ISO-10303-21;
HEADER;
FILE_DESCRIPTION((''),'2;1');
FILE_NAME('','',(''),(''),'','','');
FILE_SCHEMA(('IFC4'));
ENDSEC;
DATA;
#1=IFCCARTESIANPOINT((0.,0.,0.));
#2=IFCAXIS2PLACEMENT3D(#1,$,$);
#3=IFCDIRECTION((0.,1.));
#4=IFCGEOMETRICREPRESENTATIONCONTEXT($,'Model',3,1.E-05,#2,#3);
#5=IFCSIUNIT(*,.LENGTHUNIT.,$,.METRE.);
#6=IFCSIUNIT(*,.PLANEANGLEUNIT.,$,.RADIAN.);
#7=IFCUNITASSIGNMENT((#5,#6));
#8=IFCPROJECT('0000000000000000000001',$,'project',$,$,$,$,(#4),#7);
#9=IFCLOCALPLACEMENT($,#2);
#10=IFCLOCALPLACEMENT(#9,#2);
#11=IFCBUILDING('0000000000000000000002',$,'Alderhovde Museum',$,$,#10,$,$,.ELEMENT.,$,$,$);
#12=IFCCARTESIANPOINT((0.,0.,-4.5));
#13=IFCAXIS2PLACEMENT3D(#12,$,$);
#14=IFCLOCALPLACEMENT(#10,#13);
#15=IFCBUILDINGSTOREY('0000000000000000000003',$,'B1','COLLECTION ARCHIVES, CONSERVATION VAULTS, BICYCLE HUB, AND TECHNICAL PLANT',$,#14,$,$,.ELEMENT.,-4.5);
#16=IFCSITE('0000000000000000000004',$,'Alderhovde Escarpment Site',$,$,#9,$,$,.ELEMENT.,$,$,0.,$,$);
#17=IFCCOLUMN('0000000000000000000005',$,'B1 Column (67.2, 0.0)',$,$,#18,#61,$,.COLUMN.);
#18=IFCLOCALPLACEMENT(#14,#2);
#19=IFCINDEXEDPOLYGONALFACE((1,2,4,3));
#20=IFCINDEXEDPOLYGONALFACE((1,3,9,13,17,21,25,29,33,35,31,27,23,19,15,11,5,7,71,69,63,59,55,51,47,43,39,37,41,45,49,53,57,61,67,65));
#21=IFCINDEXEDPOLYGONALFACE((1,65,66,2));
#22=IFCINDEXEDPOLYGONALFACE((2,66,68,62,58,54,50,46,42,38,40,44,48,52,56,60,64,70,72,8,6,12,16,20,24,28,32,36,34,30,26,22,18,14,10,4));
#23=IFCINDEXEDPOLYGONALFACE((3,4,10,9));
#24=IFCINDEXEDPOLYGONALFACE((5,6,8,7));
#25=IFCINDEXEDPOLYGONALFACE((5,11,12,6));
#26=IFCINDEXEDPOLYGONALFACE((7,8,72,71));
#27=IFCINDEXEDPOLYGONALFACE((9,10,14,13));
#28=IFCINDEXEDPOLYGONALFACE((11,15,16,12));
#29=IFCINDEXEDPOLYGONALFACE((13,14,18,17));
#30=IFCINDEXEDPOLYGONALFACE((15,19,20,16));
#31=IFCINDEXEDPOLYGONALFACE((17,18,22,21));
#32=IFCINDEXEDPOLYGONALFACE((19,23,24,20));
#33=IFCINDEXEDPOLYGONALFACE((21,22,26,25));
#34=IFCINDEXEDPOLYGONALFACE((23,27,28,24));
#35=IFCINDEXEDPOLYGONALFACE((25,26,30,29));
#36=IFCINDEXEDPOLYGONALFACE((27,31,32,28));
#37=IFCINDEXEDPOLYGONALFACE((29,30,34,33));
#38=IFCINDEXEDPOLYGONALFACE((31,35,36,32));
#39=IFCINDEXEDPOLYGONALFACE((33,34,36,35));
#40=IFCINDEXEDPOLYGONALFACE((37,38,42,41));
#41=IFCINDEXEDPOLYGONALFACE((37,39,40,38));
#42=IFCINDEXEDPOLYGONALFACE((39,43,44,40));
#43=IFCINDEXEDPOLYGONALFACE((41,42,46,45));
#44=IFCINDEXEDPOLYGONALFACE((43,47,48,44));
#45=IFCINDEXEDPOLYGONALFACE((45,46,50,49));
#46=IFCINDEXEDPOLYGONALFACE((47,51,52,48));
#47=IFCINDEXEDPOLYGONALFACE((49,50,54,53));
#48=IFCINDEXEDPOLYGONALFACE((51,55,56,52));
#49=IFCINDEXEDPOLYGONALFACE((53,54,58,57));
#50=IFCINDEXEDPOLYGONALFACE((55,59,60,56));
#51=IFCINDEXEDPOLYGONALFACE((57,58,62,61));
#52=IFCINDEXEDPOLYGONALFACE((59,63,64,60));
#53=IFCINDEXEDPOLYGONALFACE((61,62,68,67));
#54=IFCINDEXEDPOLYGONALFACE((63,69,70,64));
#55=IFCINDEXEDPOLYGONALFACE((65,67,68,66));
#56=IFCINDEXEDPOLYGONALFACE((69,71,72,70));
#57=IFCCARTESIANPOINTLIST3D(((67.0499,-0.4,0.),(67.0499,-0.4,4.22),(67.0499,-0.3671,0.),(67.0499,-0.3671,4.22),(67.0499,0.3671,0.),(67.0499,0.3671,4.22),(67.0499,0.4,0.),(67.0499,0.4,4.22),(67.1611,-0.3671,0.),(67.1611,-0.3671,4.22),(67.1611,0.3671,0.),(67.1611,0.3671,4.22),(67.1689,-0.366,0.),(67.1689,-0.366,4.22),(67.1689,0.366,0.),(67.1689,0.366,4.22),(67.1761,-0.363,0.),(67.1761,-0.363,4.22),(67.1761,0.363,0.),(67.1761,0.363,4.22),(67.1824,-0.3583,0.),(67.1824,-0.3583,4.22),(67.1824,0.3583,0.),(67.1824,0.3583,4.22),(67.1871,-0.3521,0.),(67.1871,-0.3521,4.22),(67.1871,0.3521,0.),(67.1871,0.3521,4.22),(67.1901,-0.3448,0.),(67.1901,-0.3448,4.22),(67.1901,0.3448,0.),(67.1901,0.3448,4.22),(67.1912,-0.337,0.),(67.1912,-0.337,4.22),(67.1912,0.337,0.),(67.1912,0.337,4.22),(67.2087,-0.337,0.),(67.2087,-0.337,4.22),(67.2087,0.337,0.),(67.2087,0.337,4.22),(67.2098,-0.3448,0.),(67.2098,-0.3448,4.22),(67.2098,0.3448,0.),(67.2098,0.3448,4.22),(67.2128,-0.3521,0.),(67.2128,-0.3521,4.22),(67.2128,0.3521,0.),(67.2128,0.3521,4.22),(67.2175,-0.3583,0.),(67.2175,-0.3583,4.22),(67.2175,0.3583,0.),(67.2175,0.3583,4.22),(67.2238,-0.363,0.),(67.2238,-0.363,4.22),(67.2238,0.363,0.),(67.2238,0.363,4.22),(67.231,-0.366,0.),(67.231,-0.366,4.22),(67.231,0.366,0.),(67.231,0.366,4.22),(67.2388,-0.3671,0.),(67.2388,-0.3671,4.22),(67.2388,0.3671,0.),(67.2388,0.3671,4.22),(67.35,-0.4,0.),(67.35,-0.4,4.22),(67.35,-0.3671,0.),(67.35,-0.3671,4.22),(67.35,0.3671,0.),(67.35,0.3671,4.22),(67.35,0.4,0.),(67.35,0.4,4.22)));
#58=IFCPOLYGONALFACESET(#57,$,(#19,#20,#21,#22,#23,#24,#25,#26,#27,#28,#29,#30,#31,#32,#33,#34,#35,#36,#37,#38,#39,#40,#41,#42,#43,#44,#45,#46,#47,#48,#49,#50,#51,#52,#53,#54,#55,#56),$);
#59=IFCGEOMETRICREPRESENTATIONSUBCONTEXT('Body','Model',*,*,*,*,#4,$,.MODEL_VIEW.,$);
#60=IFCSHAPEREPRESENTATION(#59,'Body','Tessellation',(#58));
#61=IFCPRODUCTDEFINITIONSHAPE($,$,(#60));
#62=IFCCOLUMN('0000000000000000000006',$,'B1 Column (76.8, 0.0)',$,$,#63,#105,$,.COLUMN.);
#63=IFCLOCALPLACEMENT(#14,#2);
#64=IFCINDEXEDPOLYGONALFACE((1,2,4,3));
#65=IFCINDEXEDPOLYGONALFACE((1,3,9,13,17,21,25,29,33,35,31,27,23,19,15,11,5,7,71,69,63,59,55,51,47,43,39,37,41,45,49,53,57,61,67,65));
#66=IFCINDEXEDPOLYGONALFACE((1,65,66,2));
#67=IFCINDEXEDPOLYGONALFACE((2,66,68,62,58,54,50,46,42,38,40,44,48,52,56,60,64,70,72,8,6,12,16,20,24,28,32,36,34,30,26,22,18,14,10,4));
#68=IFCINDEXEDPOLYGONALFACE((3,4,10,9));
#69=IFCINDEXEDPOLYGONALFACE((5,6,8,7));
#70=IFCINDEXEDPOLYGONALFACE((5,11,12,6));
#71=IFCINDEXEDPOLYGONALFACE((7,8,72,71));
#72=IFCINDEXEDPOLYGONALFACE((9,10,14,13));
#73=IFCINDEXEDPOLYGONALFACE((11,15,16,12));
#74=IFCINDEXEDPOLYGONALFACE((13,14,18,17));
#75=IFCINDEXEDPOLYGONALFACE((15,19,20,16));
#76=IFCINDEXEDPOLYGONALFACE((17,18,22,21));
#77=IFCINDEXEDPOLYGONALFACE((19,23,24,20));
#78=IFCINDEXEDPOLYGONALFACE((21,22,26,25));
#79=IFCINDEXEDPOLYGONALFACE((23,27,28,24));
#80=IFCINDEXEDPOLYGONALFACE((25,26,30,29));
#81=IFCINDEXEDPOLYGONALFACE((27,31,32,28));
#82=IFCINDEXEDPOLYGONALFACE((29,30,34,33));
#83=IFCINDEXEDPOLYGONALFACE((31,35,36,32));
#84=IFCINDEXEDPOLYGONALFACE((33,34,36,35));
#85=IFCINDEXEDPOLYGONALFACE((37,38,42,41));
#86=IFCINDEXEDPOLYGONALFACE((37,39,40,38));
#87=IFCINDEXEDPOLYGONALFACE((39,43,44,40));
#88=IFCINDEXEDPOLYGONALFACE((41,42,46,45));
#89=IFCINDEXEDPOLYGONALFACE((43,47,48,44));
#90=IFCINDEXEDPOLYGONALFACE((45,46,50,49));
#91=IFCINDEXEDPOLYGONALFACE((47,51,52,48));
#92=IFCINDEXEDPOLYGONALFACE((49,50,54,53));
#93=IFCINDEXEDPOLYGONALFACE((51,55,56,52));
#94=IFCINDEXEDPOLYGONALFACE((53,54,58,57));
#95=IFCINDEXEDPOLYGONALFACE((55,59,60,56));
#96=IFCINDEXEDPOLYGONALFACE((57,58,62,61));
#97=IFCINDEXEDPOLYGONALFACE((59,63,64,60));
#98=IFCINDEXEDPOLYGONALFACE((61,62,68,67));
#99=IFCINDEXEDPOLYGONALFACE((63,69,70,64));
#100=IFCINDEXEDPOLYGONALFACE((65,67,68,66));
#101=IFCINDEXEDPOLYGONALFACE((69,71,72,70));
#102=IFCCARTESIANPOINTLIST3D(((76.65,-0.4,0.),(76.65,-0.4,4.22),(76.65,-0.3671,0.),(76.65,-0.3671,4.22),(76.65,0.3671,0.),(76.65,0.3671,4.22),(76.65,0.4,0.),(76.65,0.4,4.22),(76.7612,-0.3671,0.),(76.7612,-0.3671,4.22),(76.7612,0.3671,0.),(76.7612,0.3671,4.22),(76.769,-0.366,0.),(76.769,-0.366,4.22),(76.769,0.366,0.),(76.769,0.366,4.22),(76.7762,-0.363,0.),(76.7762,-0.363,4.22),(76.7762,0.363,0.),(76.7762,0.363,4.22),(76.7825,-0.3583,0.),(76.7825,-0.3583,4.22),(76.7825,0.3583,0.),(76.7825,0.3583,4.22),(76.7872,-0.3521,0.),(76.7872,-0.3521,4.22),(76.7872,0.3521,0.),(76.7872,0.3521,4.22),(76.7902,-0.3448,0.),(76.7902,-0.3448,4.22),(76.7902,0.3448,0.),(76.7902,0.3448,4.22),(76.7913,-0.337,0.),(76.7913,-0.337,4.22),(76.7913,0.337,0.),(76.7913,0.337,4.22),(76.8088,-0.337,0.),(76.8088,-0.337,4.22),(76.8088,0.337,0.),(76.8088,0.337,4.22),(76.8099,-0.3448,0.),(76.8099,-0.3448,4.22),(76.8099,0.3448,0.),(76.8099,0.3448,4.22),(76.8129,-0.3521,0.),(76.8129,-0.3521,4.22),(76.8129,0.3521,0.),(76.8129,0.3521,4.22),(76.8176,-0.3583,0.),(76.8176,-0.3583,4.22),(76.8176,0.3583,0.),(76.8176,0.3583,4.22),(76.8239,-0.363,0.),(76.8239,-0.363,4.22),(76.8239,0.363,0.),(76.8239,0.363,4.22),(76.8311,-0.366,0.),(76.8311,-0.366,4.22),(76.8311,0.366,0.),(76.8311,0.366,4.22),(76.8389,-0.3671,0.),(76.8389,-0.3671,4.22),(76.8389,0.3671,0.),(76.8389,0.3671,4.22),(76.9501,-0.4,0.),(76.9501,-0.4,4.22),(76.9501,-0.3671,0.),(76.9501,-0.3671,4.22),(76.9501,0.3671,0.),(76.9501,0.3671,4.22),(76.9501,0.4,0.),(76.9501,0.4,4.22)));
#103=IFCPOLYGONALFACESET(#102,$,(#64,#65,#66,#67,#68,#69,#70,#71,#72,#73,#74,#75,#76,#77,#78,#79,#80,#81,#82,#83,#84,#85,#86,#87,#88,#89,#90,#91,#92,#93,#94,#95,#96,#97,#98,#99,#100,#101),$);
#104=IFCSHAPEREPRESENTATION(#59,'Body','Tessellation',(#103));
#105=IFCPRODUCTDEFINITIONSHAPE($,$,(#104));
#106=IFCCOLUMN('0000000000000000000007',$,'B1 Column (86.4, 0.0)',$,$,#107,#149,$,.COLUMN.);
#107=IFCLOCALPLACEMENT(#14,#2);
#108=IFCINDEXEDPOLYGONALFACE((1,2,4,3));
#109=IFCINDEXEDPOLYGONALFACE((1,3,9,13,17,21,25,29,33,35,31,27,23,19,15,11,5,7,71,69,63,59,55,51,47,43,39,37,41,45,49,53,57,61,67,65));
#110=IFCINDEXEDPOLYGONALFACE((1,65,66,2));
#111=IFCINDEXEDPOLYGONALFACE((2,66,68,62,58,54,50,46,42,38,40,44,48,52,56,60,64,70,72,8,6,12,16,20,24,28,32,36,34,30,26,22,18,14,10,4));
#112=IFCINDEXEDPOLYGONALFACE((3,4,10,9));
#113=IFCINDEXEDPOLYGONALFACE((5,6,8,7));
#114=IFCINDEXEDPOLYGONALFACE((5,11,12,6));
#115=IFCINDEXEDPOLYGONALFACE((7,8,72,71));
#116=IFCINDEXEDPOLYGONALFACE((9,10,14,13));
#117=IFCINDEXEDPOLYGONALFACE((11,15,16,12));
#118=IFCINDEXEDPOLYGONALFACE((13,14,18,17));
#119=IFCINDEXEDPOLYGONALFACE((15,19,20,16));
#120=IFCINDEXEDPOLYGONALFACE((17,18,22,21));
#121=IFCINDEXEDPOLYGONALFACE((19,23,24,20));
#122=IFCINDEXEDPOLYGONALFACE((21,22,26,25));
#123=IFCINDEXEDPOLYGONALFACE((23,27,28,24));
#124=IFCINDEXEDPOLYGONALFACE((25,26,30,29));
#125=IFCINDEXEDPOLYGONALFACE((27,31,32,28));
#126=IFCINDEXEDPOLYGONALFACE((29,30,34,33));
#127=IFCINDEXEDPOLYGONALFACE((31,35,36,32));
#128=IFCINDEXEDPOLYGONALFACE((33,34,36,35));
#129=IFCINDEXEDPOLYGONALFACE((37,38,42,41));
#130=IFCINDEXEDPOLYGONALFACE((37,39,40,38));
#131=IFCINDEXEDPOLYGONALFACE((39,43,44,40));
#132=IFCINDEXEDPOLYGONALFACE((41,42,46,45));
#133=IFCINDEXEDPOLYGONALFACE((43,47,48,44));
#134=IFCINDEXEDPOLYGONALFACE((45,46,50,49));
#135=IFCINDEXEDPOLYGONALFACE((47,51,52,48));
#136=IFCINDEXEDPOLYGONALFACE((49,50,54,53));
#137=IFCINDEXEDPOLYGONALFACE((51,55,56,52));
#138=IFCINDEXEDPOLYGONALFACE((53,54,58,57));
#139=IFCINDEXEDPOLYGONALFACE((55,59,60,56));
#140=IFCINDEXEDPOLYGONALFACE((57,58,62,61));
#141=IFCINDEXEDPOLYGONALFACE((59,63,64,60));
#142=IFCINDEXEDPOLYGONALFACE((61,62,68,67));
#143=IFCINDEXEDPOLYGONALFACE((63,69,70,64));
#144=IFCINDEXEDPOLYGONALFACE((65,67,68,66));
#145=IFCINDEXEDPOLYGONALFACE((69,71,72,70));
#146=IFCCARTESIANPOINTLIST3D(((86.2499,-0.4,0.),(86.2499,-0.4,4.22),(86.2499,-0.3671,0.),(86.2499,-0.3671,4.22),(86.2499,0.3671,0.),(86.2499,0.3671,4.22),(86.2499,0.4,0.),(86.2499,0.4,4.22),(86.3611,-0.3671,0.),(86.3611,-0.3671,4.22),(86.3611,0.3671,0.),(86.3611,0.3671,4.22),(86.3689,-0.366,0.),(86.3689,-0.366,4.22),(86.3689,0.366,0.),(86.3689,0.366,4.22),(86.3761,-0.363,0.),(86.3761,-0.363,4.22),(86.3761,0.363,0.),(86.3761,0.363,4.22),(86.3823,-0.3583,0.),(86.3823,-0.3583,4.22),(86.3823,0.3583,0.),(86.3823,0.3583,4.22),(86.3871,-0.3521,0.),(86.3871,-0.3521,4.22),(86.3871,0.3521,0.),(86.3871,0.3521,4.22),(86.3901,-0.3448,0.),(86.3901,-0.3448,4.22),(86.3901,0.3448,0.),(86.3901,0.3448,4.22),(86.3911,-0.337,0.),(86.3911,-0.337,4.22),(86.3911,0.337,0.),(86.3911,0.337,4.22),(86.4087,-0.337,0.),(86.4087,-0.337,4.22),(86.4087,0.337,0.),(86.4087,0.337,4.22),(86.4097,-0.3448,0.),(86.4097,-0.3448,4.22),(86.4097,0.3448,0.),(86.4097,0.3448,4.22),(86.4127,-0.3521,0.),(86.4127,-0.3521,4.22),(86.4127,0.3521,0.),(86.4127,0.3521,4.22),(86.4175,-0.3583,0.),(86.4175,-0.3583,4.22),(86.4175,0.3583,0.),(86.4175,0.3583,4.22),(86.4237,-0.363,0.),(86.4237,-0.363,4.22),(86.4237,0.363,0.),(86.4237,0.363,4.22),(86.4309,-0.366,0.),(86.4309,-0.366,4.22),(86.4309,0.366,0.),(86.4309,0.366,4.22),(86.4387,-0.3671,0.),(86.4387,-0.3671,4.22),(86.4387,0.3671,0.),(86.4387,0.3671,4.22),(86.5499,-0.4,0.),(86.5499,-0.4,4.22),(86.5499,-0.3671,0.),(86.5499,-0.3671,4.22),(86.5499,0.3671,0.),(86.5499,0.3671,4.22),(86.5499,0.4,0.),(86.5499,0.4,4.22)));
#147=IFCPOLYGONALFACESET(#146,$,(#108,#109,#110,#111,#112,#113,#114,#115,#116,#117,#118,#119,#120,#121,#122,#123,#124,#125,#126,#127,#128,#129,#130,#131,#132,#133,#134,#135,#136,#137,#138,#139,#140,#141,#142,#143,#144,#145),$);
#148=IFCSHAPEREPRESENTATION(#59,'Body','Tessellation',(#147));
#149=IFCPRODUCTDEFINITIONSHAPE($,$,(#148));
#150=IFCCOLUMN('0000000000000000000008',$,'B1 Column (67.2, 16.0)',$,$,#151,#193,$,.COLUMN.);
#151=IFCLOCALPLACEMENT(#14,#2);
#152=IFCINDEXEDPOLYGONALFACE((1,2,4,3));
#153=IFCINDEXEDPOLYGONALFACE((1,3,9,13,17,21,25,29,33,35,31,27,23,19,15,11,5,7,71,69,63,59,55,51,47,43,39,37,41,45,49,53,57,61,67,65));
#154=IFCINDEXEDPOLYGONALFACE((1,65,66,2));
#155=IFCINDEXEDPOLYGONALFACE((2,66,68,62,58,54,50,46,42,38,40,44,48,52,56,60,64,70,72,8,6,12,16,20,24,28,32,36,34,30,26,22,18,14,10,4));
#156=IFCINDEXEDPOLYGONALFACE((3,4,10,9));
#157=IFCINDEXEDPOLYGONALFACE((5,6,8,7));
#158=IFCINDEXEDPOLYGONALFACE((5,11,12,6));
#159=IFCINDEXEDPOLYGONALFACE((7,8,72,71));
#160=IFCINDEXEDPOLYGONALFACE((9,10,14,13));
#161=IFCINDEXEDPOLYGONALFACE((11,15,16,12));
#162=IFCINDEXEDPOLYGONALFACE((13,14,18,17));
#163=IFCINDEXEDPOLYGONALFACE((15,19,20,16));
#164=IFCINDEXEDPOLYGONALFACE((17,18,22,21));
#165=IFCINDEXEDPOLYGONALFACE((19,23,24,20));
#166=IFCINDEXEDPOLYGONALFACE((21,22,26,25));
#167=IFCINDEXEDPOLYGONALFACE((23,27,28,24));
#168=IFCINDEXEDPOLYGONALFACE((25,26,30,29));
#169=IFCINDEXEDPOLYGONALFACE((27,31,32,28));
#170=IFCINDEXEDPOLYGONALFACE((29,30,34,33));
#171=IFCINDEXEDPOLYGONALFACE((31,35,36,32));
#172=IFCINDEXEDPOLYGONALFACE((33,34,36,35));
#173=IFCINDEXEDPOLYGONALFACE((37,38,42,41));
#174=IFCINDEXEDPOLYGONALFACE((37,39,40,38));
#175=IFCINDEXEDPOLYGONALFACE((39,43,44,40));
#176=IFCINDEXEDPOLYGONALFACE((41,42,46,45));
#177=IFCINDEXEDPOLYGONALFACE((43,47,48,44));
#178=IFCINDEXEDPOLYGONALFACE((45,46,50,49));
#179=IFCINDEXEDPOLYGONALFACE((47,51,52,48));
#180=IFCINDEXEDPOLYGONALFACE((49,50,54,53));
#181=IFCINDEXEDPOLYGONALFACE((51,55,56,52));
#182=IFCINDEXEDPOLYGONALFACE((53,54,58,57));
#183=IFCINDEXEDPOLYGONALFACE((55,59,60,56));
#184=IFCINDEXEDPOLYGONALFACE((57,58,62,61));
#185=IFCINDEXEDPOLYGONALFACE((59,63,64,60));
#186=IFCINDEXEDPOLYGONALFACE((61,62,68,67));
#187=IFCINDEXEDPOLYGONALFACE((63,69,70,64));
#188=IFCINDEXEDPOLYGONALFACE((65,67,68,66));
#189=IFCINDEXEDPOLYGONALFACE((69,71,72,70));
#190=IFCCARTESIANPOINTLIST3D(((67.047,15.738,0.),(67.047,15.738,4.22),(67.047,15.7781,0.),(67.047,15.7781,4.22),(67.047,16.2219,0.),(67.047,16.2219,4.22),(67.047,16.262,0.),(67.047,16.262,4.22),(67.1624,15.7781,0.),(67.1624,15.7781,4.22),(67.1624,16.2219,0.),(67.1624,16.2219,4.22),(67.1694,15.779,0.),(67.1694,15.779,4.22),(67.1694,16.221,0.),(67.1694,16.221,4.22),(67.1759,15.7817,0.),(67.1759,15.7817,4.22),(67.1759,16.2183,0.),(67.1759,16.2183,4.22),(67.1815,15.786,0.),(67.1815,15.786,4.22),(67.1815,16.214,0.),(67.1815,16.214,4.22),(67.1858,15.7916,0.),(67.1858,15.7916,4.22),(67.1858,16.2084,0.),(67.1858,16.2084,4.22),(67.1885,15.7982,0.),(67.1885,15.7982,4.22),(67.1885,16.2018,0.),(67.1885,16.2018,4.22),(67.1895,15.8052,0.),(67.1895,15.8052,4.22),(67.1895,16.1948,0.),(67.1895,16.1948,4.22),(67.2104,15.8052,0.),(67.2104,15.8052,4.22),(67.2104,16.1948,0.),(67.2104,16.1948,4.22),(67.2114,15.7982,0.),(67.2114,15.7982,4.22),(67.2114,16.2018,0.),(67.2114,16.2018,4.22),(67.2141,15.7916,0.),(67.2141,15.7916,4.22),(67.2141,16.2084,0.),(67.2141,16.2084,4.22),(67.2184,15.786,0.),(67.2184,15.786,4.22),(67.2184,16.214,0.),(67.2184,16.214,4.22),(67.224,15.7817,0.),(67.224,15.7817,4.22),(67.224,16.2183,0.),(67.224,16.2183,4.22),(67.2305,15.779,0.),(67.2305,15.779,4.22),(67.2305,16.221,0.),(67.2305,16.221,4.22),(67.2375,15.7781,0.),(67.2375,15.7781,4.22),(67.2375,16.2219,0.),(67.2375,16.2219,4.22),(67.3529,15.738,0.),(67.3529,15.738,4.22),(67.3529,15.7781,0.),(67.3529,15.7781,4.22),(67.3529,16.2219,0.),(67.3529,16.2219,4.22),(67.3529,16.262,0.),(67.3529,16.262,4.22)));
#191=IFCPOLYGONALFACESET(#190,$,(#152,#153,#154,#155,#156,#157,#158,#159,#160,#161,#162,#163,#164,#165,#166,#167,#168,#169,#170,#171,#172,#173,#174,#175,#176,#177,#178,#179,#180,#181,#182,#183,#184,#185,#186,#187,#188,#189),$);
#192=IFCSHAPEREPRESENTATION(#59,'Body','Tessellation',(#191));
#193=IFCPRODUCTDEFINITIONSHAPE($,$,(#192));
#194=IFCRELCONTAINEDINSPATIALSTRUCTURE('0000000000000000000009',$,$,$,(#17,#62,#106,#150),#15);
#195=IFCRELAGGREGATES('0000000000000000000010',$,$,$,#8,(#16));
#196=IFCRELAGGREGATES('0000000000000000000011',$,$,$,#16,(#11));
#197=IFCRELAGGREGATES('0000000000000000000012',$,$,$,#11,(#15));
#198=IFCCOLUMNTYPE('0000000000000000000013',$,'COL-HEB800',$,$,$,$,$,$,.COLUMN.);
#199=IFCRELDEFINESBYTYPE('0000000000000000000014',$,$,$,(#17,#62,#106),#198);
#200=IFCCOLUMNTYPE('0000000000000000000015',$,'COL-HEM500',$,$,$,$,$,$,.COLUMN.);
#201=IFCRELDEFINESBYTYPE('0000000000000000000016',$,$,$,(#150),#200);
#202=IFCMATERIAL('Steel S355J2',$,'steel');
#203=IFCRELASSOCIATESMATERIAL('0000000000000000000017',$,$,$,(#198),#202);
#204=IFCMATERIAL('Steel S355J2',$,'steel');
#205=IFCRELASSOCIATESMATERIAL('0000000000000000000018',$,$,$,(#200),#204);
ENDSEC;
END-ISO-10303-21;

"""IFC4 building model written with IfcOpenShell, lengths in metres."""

from ifc_helpers import new_model, si_unit, direction, frame, origin, origin_2d, place, context, subcontext, project, spatial, i_section, extrude, material, material_profile, profile_set, type_object, element, save


model = new_model("IFC4")

# Units and contexts
model_context = context("Model", 3, precision=1e-05, world=origin(), true_north=direction((0.0, 1.0)))
body_context = subcontext(model_context, "Body", "Model", "MODEL_VIEW")
ifc_project = project(units=[si_unit("LENGTHUNIT", "METRE"), si_unit("PLANEANGLEUNIT", "RADIAN")], contexts=[model_context])

# Site, building, storey
site_placement = place(None, origin())
site = spatial("IfcSite", under=ifc_project, at=site_placement, Name="Alderhovde Escarpment Site", CompositionType="ELEMENT", RefElevation=0.0)
building_placement = place(site_placement, origin())
building = spatial("IfcBuilding", under=site, at=building_placement, Name="Alderhovde Museum", CompositionType="ELEMENT")
storey_placement = place(building_placement, frame((0.0, 0.0, -4.5)))
storey = spatial("IfcBuildingStorey", under=building, at=storey_placement, Name="B1", Description="COLLECTION ARCHIVES, CONSERVATION VAULTS, BICYCLE HUB, AND TECHNICAL PLANT", CompositionType="ELEMENT", Elevation=-4.5)

# Columns
ifc_material_1 = material(Name="Steel S355J2", Category="steel")
ifc_material_profile_1 = material_profile(ifc_material_1, i_section(OverallWidth=0.3, OverallDepth=0.8, WebThickness=0.0176, FlangeThickness=0.033, FilletRadius=0.03, at=origin_2d()), Name="HEB 800")
ifc_profile_set_1 = profile_set([ifc_material_profile_1], Name="Steel S355J2")
column_type_1 = type_object("IfcColumnType", Name="COL-HEB800", PredefinedType="COLUMN", material=ifc_profile_set_1)
for number, where, z_axis, x_axis, name in (
    (1, (67.2, 0.0, 0.0), (0.0, 0.0, 1.0), (1.0, 0.0, 0.0), "B1 Column (67.2, 0.0)"),
    (2, (76.8, 0.0, 0.0), (0.0, 0.0, 1.0), (1.0, 0.0, 0.0), "B1 Column (76.8, 0.0)"),
    (3, (86.3999, 0.0, 0.0), (0.0, 0.0, 1.0), (1.0, 0.0, 0.0), "B1 Column (86.4, 0.0)"),
):
    element("IfcColumn", number, at=place(storey_placement, frame(where, z_axis=z_axis, x_axis=x_axis)), inside=storey, type_object=column_type_1, Name=name, PredefinedType="COLUMN", context=body_context, shape_type="SweptSolid", body=[
        extrude(i_section(OverallWidth=0.3, OverallDepth=0.8, WebThickness=0.0176, FlangeThickness=0.033, FilletRadius=0.03, at=origin_2d()), origin(), (0.0, 0.0, 1.0), 4.22),
    ])
ifc_material_2 = material(Name="Steel S355J2", Category="steel")
ifc_material_profile_2 = material_profile(ifc_material_2, i_section(OverallWidth=0.3059, OverallDepth=0.5239, WebThickness=0.021, FlangeThickness=0.04, FilletRadius=0.0271, at=origin_2d()), Name="HEM 500")
ifc_profile_set_2 = profile_set([ifc_material_profile_2], Name="Steel S355J2")
column_type_2 = type_object("IfcColumnType", Name="COL-HEM500", PredefinedType="COLUMN", material=ifc_profile_set_2)
for number, where, z_axis, x_axis, name in (
    (4, (67.2, 16.0, 0.0), (0.0, 0.0, 1.0), (1.0, 0.0, 0.0), "B1 Column (67.2, 16.0)"),
):
    element("IfcColumn", number, at=place(storey_placement, frame(where, z_axis=z_axis, x_axis=x_axis)), inside=storey, type_object=column_type_2, Name=name, PredefinedType="COLUMN", context=body_context, shape_type="SweptSolid", body=[
        extrude(i_section(OverallWidth=0.3059, OverallDepth=0.5239, WebThickness=0.021, FlangeThickness=0.04, FilletRadius=0.0271, at=origin_2d()), origin(), (0.0, 0.0, 1.0), 4.22),
    ])

save(model, "model.ifc")
